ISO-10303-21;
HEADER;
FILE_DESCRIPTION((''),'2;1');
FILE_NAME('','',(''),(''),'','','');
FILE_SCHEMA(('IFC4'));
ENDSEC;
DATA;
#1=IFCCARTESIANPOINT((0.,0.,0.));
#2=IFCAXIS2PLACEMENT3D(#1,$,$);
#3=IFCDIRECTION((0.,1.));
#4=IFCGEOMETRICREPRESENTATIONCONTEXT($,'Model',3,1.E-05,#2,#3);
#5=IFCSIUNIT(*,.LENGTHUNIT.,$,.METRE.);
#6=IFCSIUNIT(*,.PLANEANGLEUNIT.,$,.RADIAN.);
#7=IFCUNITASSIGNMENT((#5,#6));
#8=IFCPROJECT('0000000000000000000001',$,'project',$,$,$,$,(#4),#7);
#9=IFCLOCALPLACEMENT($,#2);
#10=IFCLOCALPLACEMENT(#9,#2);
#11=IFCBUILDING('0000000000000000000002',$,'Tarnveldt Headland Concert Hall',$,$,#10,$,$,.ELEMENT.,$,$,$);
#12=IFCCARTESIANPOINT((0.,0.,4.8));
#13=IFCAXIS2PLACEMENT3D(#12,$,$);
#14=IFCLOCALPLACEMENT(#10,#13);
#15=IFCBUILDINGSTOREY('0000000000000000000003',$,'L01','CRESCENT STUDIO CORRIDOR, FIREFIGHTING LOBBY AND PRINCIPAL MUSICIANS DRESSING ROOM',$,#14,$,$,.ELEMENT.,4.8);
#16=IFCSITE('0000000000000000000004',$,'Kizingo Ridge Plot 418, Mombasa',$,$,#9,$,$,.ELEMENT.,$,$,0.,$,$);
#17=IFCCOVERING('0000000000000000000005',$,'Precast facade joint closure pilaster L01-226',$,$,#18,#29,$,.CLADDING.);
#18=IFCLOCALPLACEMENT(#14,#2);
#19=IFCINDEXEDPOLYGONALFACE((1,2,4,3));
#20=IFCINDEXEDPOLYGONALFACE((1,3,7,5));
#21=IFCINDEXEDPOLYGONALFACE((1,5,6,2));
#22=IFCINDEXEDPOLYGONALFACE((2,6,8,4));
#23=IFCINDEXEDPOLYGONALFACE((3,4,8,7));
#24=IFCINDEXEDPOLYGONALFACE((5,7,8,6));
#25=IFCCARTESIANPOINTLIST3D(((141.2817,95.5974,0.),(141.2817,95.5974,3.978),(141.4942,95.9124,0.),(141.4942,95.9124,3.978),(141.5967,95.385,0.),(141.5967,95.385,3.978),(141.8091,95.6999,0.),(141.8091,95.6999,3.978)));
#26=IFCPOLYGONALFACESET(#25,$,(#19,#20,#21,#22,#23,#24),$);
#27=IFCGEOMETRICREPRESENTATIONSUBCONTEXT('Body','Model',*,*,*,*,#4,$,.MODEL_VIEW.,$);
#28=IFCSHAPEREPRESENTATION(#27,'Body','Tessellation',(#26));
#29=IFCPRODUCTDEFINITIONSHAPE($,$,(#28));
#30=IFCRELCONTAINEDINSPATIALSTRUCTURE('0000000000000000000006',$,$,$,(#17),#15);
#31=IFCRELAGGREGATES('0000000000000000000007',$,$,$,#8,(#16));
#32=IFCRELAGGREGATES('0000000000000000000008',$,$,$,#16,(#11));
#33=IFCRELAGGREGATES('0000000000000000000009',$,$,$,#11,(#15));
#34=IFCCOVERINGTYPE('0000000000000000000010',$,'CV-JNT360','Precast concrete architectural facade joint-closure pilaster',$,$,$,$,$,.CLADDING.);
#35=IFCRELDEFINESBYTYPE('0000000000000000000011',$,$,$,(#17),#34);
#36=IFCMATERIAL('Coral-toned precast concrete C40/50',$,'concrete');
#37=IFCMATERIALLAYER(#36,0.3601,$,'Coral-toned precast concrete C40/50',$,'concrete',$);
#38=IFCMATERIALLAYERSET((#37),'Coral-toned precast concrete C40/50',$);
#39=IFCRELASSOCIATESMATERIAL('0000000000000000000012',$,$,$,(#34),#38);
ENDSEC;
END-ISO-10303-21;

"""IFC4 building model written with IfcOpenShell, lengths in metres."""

from ifc_helpers import new_model, si_unit, direction, frame, origin, origin_2d, place, context, subcontext, project, spatial, rectangle, extrude, material, layer, layer_set, type_object, element, save


model = new_model("IFC4")

# Units and contexts
model_context = context("Model", 3, precision=1e-05, world=origin(), true_north=direction((0.0, 1.0)))
body_context = subcontext(model_context, "Body", "Model", "MODEL_VIEW")
ifc_project = project(units=[si_unit("LENGTHUNIT", "METRE"), si_unit("PLANEANGLEUNIT", "RADIAN")], contexts=[model_context])

# Site, building, storey
site_placement = place(None, origin())
site = spatial("IfcSite", under=ifc_project, at=site_placement, Name="Kizingo Ridge Plot 418, Mombasa", CompositionType="ELEMENT", RefElevation=0.0)
building_placement = place(site_placement, origin())
building = spatial("IfcBuilding", under=site, at=building_placement, Name="Tarnveldt Headland Concert Hall", CompositionType="ELEMENT")
storey_placement = place(building_placement, frame((0.0, 0.0, 4.8)))
storey = spatial("IfcBuildingStorey", under=building, at=storey_placement, Name="L01", Description="CRESCENT STUDIO CORRIDOR, FIREFIGHTING LOBBY AND PRINCIPAL MUSICIANS DRESSING ROOM", CompositionType="ELEMENT", Elevation=4.8)

# Shared definitions
ifc_material_1 = material(Name="Coral-toned precast concrete C40/50", Category="concrete")

# Covering
ifc_layer_1 = layer(ifc_material_1, 0.3601, Name="Coral-toned precast concrete C40/50", Category="concrete")
ifc_layer_set_1 = layer_set([ifc_layer_1], Name="Coral-toned precast concrete C40/50")
covering_type = type_object("IfcCoveringType", Name="CV-JNT360", Description="Precast concrete architectural facade joint-closure pilaster", PredefinedType="CLADDING", material=ifc_layer_set_1)
covering_placement = place(storey_placement, frame((141.5454, 95.6487, 0.0), z_axis=(0.0, 0.0, 1.0), x_axis=(0.559193, 0.829038, 0.0)))
element("IfcCovering", 1, at=covering_placement, inside=storey, type_object=covering_type, Name="Precast facade joint closure pilaster L01-226", PredefinedType="CLADDING", context=body_context, shape_type="SweptSolid", body=[
    extrude(rectangle(XDim=0.3799, YDim=0.3799, at=origin_2d()), origin(), (0.0, 0.0, 1.0), 3.978),
])

save(model, "model.ifc")
